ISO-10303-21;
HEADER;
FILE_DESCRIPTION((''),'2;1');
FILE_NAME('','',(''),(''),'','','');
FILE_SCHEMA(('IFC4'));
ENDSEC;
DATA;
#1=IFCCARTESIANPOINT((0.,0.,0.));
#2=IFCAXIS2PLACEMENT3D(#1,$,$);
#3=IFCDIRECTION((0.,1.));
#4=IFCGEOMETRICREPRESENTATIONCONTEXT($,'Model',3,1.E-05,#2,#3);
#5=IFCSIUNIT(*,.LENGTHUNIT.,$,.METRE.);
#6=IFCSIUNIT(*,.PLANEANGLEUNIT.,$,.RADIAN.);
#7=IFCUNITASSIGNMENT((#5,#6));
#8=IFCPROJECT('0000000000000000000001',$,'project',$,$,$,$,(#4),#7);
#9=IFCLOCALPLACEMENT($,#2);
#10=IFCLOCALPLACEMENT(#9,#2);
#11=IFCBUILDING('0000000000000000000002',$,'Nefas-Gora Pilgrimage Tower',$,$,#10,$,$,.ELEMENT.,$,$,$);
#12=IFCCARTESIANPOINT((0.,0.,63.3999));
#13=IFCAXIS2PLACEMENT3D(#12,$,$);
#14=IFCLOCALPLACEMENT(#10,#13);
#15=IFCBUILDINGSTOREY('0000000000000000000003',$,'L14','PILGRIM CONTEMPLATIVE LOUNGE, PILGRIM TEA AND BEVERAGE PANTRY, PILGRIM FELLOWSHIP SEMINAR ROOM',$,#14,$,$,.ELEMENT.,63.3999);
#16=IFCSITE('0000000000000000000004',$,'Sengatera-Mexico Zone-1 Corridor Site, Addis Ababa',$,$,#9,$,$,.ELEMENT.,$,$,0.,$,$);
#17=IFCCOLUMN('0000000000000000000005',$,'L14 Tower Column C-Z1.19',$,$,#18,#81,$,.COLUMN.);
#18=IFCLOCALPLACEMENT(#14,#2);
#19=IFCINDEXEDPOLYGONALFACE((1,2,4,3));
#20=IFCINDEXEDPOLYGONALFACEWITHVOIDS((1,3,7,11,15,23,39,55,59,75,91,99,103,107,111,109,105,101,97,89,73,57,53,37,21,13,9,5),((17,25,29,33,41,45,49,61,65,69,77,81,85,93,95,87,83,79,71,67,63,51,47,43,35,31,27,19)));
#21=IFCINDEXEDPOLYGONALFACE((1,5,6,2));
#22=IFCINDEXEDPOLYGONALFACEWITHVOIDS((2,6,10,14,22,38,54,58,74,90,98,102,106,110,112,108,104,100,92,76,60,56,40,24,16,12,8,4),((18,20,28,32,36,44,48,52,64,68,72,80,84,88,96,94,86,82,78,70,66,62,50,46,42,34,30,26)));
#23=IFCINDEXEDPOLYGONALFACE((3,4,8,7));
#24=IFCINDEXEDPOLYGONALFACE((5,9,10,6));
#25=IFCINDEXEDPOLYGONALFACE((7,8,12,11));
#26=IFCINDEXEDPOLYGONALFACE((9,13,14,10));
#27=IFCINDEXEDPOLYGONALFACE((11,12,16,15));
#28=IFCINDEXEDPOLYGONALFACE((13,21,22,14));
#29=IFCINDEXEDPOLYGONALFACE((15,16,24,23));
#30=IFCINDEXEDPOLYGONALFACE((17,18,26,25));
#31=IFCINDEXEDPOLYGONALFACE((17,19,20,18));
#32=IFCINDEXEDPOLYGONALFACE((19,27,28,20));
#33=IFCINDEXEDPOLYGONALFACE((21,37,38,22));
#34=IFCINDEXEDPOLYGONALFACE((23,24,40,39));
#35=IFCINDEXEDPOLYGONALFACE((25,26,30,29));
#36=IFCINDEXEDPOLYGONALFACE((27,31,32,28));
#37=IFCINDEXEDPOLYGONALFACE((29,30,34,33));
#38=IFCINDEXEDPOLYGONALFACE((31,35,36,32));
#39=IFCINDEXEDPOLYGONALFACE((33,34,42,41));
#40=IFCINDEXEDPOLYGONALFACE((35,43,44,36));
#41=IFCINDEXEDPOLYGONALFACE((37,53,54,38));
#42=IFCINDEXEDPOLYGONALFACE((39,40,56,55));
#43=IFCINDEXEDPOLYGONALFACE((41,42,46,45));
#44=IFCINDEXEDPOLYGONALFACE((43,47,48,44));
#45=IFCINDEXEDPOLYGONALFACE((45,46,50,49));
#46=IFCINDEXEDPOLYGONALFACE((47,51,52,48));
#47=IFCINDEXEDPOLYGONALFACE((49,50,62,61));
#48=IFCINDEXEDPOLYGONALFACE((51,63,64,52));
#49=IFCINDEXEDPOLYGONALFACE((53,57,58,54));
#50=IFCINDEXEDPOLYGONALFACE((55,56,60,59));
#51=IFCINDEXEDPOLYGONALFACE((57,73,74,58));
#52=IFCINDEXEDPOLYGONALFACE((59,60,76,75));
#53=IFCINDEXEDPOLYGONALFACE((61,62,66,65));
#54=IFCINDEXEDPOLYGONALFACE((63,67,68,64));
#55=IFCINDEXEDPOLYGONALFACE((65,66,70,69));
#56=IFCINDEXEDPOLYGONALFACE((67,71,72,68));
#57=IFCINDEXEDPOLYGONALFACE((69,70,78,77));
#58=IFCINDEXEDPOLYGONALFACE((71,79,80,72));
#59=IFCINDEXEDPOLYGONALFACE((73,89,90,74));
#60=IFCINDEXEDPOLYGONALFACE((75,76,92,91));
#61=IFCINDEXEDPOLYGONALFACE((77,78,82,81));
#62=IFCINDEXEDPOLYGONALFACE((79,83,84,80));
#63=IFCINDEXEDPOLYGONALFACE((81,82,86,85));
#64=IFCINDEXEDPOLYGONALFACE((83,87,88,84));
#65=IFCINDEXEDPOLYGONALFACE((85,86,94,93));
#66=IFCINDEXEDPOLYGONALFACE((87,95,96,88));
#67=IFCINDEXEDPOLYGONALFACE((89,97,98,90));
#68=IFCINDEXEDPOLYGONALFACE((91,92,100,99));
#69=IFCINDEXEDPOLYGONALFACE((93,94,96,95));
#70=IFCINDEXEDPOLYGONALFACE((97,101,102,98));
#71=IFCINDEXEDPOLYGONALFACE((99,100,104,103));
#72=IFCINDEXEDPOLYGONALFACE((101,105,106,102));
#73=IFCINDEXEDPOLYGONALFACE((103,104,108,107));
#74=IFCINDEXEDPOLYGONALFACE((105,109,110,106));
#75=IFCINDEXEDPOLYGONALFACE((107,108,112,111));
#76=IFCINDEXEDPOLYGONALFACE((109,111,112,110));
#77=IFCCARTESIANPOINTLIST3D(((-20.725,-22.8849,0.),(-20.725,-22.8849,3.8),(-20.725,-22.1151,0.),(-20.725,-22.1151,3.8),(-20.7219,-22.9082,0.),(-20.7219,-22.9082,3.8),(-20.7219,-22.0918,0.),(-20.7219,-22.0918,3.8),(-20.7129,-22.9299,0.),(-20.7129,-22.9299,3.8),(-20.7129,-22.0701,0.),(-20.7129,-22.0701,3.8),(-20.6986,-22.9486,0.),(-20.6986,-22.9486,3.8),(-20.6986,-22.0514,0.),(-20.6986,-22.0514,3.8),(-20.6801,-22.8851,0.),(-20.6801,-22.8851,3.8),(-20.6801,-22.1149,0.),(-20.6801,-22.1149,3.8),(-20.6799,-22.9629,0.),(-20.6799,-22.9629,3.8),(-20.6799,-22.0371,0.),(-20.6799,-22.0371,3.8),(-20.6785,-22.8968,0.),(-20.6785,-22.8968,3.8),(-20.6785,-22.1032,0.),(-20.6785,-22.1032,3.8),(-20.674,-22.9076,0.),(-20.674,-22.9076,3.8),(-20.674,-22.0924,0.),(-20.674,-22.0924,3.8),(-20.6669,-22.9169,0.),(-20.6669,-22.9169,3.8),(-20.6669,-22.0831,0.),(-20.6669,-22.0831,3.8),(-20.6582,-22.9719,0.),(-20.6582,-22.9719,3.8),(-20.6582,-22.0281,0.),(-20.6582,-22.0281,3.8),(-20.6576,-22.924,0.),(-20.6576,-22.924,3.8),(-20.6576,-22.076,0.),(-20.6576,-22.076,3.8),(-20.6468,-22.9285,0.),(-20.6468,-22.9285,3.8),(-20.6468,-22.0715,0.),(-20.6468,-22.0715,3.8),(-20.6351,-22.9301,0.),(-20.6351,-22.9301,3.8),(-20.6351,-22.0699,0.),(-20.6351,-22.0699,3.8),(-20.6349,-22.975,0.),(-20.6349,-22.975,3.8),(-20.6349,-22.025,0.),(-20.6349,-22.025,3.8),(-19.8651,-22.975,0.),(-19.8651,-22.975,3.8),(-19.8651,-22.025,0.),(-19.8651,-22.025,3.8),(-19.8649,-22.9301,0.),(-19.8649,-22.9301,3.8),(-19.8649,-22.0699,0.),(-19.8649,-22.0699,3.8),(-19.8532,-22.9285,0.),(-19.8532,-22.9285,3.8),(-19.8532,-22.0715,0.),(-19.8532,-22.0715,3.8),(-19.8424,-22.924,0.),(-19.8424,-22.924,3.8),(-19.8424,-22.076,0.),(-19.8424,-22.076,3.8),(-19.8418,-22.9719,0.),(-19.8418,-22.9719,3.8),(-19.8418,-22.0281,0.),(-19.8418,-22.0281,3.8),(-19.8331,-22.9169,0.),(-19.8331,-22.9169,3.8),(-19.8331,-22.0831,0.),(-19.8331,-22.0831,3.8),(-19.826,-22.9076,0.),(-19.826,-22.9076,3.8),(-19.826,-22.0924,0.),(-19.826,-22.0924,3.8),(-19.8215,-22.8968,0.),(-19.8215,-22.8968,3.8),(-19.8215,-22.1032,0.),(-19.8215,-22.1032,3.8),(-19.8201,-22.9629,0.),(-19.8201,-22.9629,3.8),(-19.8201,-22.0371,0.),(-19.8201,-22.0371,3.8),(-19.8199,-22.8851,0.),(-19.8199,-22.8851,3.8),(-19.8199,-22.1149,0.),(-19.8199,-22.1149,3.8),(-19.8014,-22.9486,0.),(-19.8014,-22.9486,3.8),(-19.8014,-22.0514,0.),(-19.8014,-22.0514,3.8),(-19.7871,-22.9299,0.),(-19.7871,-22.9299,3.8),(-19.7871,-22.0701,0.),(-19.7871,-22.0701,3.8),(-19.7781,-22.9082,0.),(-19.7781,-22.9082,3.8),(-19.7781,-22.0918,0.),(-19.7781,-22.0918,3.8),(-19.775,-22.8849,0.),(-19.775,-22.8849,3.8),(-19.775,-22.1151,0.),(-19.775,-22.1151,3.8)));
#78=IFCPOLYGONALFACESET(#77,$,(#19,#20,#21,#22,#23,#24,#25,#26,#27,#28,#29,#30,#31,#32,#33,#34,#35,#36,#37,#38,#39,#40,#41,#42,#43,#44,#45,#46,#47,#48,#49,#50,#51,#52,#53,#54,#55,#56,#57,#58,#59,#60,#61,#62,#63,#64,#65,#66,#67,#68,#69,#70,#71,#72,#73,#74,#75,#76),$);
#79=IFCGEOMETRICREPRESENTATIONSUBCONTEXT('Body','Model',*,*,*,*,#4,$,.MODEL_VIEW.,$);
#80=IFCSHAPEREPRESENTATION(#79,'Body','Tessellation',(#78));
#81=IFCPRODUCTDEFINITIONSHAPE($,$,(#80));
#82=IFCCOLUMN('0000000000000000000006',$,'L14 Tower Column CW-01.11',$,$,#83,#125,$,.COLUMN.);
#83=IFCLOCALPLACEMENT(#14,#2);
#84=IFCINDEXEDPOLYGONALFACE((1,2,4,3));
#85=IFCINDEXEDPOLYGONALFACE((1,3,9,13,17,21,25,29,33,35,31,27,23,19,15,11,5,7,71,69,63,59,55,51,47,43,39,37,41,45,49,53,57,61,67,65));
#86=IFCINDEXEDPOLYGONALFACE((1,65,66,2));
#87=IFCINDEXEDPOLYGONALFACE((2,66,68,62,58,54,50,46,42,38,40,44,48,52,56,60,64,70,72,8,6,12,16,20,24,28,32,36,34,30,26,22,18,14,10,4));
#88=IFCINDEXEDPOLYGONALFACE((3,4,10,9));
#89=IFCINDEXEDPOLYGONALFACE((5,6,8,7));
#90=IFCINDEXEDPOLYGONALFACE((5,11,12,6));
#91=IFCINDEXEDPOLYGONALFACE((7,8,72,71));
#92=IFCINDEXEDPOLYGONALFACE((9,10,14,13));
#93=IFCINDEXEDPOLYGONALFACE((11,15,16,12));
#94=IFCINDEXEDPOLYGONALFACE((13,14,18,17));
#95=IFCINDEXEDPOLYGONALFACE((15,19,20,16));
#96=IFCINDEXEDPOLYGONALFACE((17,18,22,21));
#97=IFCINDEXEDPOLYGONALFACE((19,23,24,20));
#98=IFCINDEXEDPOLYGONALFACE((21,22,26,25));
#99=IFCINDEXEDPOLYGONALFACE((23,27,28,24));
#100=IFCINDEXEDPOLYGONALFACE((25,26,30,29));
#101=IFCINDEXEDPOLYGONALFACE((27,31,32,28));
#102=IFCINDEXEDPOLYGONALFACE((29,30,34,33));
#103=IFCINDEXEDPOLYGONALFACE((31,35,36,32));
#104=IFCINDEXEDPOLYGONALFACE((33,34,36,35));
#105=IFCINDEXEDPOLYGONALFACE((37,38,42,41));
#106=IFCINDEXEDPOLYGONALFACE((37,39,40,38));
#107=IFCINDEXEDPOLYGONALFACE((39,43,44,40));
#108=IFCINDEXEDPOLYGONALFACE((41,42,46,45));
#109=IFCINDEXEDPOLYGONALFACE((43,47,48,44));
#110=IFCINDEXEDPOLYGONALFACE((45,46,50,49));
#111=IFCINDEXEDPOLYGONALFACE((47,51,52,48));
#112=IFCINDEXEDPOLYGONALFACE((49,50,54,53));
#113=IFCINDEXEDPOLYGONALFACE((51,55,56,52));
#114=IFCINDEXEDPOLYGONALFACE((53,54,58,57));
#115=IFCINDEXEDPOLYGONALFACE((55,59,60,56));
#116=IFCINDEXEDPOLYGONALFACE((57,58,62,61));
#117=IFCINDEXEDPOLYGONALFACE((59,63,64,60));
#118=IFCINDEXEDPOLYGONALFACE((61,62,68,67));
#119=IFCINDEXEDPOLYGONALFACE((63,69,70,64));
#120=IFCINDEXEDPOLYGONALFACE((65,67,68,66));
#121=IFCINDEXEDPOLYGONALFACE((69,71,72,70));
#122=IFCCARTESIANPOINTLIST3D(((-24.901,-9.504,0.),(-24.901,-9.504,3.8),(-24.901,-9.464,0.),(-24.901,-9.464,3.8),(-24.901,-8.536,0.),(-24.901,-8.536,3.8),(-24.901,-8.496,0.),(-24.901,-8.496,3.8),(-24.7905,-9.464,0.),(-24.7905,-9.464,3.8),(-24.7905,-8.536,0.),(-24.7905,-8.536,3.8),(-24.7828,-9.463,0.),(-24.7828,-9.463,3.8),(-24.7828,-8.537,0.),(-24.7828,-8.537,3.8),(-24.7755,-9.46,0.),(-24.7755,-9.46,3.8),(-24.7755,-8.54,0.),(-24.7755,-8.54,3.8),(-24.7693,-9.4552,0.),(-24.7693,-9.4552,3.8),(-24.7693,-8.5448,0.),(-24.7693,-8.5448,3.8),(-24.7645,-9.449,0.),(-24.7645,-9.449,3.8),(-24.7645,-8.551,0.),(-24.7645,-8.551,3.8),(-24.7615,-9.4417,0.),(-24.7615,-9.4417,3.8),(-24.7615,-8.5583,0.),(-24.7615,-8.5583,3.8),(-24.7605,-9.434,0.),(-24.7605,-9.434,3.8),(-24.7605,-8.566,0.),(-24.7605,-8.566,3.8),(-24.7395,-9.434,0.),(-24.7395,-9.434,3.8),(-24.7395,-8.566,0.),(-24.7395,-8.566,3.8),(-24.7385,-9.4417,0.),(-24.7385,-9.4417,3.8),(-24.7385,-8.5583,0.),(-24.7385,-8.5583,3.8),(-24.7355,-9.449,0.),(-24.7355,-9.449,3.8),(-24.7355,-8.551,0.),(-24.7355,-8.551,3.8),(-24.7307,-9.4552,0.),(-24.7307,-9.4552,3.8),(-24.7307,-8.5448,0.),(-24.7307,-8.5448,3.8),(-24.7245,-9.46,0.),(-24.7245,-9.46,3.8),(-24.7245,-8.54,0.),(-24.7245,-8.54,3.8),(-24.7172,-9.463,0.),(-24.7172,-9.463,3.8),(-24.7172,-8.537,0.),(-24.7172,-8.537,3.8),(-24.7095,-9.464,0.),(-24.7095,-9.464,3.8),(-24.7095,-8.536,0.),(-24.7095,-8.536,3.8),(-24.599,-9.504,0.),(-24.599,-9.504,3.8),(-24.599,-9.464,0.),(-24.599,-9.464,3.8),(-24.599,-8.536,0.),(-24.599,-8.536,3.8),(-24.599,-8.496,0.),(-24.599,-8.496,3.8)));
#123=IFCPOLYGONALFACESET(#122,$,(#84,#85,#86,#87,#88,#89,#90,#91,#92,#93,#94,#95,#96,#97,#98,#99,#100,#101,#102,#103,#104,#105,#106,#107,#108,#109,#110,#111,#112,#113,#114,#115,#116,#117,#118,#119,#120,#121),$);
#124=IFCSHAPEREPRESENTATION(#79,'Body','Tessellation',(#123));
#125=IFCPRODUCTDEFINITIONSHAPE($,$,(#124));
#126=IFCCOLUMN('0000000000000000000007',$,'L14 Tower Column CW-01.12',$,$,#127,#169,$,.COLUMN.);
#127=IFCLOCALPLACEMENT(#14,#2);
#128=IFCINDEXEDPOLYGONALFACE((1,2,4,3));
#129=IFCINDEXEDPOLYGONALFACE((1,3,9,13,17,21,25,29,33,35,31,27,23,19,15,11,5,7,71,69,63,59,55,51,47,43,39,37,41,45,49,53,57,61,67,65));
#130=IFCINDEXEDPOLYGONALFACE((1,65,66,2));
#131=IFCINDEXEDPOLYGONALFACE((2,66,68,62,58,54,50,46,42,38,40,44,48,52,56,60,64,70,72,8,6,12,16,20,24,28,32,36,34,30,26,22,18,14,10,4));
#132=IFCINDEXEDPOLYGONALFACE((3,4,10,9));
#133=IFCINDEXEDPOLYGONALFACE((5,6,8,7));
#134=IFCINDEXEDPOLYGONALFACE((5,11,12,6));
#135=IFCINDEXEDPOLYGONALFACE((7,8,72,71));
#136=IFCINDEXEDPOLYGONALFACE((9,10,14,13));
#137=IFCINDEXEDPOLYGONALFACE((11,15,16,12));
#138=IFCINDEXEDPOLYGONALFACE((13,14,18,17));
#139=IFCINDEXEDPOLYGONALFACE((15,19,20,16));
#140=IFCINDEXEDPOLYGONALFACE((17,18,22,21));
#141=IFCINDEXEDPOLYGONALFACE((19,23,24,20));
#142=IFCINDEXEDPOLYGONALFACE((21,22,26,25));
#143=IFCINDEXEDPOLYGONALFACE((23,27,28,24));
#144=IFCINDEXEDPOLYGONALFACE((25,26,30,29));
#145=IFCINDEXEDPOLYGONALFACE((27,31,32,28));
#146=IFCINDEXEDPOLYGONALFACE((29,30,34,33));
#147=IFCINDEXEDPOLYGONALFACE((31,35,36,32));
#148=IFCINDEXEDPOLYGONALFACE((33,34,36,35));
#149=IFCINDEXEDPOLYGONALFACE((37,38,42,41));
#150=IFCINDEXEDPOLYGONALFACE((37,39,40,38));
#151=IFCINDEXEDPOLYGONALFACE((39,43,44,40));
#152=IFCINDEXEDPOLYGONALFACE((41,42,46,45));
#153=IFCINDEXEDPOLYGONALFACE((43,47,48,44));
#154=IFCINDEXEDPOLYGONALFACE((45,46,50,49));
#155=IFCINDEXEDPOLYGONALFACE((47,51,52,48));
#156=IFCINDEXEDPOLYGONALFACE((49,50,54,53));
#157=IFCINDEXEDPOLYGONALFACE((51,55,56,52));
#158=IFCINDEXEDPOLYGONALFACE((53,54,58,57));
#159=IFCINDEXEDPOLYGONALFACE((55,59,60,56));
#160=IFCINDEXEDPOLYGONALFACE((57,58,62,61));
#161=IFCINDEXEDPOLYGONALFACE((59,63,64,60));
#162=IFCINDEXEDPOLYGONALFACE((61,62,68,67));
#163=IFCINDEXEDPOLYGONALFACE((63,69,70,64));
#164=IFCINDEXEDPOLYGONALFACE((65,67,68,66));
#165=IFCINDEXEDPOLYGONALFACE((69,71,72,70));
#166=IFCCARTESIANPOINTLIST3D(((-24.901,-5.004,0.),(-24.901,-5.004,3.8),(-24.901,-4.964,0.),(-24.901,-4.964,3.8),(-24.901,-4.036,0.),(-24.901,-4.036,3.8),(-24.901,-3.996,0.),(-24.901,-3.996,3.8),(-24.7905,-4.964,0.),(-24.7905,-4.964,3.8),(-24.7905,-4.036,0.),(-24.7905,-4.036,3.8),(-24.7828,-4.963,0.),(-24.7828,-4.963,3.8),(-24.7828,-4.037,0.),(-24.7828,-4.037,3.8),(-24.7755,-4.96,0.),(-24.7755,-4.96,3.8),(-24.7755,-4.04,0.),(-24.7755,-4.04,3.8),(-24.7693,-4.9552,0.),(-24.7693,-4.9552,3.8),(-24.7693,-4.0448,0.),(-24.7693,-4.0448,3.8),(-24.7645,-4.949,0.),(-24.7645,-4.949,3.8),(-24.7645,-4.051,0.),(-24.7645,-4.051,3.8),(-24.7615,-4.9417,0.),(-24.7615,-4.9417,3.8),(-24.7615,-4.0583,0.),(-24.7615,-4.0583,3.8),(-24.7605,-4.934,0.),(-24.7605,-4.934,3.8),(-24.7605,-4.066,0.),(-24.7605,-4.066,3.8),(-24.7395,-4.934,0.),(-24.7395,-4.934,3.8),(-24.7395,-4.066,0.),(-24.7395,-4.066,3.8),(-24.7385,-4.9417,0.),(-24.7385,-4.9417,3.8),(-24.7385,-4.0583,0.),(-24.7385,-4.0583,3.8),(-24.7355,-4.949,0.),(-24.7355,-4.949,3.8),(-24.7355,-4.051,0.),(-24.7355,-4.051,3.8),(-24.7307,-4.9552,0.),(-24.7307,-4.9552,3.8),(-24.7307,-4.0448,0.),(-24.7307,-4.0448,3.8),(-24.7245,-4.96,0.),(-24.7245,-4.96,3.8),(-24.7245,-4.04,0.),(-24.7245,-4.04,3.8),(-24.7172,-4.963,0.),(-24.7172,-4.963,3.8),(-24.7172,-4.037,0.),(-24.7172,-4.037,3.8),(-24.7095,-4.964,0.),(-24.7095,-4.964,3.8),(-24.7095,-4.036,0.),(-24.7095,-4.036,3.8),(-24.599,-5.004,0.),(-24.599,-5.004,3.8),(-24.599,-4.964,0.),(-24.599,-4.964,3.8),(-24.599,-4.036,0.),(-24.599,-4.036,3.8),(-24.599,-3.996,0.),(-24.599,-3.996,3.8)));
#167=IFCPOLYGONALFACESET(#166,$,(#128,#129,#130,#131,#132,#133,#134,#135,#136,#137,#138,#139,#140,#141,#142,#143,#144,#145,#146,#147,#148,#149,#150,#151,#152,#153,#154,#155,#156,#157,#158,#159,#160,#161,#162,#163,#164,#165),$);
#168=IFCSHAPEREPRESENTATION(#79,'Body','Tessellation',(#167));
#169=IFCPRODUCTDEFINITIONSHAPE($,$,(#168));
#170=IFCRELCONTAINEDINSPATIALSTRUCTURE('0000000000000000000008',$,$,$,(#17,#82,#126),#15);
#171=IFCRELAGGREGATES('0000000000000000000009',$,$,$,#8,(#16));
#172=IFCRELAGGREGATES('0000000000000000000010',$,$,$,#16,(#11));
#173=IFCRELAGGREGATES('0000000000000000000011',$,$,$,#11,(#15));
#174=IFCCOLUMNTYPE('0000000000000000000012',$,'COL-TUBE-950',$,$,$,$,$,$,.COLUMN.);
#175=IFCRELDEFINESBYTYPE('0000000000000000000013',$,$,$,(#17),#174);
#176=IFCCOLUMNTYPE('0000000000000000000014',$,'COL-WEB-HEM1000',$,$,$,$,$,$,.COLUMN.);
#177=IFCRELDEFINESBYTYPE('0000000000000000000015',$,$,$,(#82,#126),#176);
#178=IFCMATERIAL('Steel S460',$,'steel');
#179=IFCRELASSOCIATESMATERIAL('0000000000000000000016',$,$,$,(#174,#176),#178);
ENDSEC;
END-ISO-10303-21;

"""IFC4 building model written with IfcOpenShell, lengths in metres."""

from ifc_helpers import new_model, si_unit, direction, frame, origin, origin_2d, place, context, subcontext, project, spatial, hollow_rectangle, i_section, extrude, source, transform, mapped, material, material_profile, profile_set, type_object, element, save


model = new_model("IFC4")

# Units and contexts
model_context = context("Model", 3, precision=1e-05, world=origin(), true_north=direction((0.0, 1.0)))
body_context = subcontext(model_context, "Body", "Model", "MODEL_VIEW")
ifc_project = project(units=[si_unit("LENGTHUNIT", "METRE"), si_unit("PLANEANGLEUNIT", "RADIAN")], contexts=[model_context])

# Site, building, storey
site_placement = place(None, origin())
site = spatial("IfcSite", under=ifc_project, at=site_placement, Name="Sengatera-Mexico Zone-1 Corridor Site, Addis Ababa", CompositionType="ELEMENT", RefElevation=0.0)
building_placement = place(site_placement, origin())
building = spatial("IfcBuilding", under=site, at=building_placement, Name="Nefas-Gora Pilgrimage Tower", CompositionType="ELEMENT")
storey_placement = place(building_placement, frame((0.0, 0.0, 63.3999)))
storey = spatial("IfcBuildingStorey", under=building, at=storey_placement, Name="L14", Description="PILGRIM CONTEMPLATIVE LOUNGE, PILGRIM TEA AND BEVERAGE PANTRY, PILGRIM FELLOWSHIP SEMINAR ROOM", CompositionType="ELEMENT", Elevation=63.3999)

# Columns
ifc_material_1 = material(Name="Steel S460", Category="steel")
ifc_material_profile_1 = material_profile(ifc_material_1, hollow_rectangle(XDim=0.95, YDim=0.95, WallThickness=0.0449, InnerFilletRadius=0.0449, OuterFilletRadius=0.0901, at=origin_2d()), Name="BOX 950x950x45")
ifc_profile_set_1 = profile_set([ifc_material_profile_1], Name="Steel S460")
column_type_1 = type_object("IfcColumnType", Name="COL-TUBE-950", PredefinedType="COLUMN", material=ifc_profile_set_1)
shared_shape_1 = source(origin(), body_context, "Body", "SweptSolid", [
    extrude(hollow_rectangle(XDim=0.95, YDim=0.95, WallThickness=0.0449, InnerFilletRadius=0.0449, OuterFilletRadius=0.0901, at=origin_2d()), origin(), (0.0, 0.0, 1.0), 3.8),
])
column_placement = place(storey_placement, frame((-20.25, -22.5, 0.0), z_axis=(0.0, 0.0, 1.0), x_axis=(1.0, 0.0, 0.0)))
element("IfcColumn", 1, at=column_placement, inside=storey, type_object=column_type_1, Name="L14 Tower Column C-Z1.19", PredefinedType="COLUMN", context=body_context, shape_type="MappedRepresentation", body=[
    mapped(shared_shape_1, transform((0.0, 0.0, 0.0), x_axis=(1.0, 0.0, 0.0), y_axis=(0.0, 1.0, 0.0), z_axis=(0.0, 0.0, 1.0), scale=1.0)),
])
ifc_material_profile_2 = material_profile(ifc_material_1, i_section(OverallWidth=0.302, OverallDepth=1.0081, WebThickness=0.021, FlangeThickness=0.04, FilletRadius=0.03, at=origin_2d()), Name="HEM 1000")
ifc_profile_set_2 = profile_set([ifc_material_profile_2], Name="Steel S460")
column_type_2 = type_object("IfcColumnType", Name="COL-WEB-HEM1000", PredefinedType="COLUMN", material=ifc_profile_set_2)
shared_shape_2 = source(origin(), body_context, "Body", "SweptSolid", [
    extrude(i_section(OverallWidth=0.302, OverallDepth=1.0081, WebThickness=0.021, FlangeThickness=0.04, FilletRadius=0.03, at=origin_2d()), origin(), (0.0, 0.0, 1.0), 3.8),
])
for number, where, z_axis, x_axis, name in (
    (2, (-24.75, -9.0, 0.0), (0.0, 0.0, 1.0), (1.0, 0.0, 0.0), "L14 Tower Column CW-01.11"),
    (3, (-24.75, -4.5, 0.0), (0.0, 0.0, 1.0), (1.0, 0.0, 0.0), "L14 Tower Column CW-01.12"),
):
    element("IfcColumn", number, at=place(storey_placement, frame(where, z_axis=z_axis, x_axis=x_axis)), inside=storey, type_object=column_type_2, Name=name, PredefinedType="COLUMN", context=body_context, shape_type="MappedRepresentation", body=[
        mapped(shared_shape_2, transform((0.0, 0.0, 0.0), x_axis=(1.0, 0.0, 0.0), y_axis=(0.0, 1.0, 0.0), z_axis=(0.0, 0.0, 1.0), scale=1.0)),
    ])

save(model, "model.ifc")
